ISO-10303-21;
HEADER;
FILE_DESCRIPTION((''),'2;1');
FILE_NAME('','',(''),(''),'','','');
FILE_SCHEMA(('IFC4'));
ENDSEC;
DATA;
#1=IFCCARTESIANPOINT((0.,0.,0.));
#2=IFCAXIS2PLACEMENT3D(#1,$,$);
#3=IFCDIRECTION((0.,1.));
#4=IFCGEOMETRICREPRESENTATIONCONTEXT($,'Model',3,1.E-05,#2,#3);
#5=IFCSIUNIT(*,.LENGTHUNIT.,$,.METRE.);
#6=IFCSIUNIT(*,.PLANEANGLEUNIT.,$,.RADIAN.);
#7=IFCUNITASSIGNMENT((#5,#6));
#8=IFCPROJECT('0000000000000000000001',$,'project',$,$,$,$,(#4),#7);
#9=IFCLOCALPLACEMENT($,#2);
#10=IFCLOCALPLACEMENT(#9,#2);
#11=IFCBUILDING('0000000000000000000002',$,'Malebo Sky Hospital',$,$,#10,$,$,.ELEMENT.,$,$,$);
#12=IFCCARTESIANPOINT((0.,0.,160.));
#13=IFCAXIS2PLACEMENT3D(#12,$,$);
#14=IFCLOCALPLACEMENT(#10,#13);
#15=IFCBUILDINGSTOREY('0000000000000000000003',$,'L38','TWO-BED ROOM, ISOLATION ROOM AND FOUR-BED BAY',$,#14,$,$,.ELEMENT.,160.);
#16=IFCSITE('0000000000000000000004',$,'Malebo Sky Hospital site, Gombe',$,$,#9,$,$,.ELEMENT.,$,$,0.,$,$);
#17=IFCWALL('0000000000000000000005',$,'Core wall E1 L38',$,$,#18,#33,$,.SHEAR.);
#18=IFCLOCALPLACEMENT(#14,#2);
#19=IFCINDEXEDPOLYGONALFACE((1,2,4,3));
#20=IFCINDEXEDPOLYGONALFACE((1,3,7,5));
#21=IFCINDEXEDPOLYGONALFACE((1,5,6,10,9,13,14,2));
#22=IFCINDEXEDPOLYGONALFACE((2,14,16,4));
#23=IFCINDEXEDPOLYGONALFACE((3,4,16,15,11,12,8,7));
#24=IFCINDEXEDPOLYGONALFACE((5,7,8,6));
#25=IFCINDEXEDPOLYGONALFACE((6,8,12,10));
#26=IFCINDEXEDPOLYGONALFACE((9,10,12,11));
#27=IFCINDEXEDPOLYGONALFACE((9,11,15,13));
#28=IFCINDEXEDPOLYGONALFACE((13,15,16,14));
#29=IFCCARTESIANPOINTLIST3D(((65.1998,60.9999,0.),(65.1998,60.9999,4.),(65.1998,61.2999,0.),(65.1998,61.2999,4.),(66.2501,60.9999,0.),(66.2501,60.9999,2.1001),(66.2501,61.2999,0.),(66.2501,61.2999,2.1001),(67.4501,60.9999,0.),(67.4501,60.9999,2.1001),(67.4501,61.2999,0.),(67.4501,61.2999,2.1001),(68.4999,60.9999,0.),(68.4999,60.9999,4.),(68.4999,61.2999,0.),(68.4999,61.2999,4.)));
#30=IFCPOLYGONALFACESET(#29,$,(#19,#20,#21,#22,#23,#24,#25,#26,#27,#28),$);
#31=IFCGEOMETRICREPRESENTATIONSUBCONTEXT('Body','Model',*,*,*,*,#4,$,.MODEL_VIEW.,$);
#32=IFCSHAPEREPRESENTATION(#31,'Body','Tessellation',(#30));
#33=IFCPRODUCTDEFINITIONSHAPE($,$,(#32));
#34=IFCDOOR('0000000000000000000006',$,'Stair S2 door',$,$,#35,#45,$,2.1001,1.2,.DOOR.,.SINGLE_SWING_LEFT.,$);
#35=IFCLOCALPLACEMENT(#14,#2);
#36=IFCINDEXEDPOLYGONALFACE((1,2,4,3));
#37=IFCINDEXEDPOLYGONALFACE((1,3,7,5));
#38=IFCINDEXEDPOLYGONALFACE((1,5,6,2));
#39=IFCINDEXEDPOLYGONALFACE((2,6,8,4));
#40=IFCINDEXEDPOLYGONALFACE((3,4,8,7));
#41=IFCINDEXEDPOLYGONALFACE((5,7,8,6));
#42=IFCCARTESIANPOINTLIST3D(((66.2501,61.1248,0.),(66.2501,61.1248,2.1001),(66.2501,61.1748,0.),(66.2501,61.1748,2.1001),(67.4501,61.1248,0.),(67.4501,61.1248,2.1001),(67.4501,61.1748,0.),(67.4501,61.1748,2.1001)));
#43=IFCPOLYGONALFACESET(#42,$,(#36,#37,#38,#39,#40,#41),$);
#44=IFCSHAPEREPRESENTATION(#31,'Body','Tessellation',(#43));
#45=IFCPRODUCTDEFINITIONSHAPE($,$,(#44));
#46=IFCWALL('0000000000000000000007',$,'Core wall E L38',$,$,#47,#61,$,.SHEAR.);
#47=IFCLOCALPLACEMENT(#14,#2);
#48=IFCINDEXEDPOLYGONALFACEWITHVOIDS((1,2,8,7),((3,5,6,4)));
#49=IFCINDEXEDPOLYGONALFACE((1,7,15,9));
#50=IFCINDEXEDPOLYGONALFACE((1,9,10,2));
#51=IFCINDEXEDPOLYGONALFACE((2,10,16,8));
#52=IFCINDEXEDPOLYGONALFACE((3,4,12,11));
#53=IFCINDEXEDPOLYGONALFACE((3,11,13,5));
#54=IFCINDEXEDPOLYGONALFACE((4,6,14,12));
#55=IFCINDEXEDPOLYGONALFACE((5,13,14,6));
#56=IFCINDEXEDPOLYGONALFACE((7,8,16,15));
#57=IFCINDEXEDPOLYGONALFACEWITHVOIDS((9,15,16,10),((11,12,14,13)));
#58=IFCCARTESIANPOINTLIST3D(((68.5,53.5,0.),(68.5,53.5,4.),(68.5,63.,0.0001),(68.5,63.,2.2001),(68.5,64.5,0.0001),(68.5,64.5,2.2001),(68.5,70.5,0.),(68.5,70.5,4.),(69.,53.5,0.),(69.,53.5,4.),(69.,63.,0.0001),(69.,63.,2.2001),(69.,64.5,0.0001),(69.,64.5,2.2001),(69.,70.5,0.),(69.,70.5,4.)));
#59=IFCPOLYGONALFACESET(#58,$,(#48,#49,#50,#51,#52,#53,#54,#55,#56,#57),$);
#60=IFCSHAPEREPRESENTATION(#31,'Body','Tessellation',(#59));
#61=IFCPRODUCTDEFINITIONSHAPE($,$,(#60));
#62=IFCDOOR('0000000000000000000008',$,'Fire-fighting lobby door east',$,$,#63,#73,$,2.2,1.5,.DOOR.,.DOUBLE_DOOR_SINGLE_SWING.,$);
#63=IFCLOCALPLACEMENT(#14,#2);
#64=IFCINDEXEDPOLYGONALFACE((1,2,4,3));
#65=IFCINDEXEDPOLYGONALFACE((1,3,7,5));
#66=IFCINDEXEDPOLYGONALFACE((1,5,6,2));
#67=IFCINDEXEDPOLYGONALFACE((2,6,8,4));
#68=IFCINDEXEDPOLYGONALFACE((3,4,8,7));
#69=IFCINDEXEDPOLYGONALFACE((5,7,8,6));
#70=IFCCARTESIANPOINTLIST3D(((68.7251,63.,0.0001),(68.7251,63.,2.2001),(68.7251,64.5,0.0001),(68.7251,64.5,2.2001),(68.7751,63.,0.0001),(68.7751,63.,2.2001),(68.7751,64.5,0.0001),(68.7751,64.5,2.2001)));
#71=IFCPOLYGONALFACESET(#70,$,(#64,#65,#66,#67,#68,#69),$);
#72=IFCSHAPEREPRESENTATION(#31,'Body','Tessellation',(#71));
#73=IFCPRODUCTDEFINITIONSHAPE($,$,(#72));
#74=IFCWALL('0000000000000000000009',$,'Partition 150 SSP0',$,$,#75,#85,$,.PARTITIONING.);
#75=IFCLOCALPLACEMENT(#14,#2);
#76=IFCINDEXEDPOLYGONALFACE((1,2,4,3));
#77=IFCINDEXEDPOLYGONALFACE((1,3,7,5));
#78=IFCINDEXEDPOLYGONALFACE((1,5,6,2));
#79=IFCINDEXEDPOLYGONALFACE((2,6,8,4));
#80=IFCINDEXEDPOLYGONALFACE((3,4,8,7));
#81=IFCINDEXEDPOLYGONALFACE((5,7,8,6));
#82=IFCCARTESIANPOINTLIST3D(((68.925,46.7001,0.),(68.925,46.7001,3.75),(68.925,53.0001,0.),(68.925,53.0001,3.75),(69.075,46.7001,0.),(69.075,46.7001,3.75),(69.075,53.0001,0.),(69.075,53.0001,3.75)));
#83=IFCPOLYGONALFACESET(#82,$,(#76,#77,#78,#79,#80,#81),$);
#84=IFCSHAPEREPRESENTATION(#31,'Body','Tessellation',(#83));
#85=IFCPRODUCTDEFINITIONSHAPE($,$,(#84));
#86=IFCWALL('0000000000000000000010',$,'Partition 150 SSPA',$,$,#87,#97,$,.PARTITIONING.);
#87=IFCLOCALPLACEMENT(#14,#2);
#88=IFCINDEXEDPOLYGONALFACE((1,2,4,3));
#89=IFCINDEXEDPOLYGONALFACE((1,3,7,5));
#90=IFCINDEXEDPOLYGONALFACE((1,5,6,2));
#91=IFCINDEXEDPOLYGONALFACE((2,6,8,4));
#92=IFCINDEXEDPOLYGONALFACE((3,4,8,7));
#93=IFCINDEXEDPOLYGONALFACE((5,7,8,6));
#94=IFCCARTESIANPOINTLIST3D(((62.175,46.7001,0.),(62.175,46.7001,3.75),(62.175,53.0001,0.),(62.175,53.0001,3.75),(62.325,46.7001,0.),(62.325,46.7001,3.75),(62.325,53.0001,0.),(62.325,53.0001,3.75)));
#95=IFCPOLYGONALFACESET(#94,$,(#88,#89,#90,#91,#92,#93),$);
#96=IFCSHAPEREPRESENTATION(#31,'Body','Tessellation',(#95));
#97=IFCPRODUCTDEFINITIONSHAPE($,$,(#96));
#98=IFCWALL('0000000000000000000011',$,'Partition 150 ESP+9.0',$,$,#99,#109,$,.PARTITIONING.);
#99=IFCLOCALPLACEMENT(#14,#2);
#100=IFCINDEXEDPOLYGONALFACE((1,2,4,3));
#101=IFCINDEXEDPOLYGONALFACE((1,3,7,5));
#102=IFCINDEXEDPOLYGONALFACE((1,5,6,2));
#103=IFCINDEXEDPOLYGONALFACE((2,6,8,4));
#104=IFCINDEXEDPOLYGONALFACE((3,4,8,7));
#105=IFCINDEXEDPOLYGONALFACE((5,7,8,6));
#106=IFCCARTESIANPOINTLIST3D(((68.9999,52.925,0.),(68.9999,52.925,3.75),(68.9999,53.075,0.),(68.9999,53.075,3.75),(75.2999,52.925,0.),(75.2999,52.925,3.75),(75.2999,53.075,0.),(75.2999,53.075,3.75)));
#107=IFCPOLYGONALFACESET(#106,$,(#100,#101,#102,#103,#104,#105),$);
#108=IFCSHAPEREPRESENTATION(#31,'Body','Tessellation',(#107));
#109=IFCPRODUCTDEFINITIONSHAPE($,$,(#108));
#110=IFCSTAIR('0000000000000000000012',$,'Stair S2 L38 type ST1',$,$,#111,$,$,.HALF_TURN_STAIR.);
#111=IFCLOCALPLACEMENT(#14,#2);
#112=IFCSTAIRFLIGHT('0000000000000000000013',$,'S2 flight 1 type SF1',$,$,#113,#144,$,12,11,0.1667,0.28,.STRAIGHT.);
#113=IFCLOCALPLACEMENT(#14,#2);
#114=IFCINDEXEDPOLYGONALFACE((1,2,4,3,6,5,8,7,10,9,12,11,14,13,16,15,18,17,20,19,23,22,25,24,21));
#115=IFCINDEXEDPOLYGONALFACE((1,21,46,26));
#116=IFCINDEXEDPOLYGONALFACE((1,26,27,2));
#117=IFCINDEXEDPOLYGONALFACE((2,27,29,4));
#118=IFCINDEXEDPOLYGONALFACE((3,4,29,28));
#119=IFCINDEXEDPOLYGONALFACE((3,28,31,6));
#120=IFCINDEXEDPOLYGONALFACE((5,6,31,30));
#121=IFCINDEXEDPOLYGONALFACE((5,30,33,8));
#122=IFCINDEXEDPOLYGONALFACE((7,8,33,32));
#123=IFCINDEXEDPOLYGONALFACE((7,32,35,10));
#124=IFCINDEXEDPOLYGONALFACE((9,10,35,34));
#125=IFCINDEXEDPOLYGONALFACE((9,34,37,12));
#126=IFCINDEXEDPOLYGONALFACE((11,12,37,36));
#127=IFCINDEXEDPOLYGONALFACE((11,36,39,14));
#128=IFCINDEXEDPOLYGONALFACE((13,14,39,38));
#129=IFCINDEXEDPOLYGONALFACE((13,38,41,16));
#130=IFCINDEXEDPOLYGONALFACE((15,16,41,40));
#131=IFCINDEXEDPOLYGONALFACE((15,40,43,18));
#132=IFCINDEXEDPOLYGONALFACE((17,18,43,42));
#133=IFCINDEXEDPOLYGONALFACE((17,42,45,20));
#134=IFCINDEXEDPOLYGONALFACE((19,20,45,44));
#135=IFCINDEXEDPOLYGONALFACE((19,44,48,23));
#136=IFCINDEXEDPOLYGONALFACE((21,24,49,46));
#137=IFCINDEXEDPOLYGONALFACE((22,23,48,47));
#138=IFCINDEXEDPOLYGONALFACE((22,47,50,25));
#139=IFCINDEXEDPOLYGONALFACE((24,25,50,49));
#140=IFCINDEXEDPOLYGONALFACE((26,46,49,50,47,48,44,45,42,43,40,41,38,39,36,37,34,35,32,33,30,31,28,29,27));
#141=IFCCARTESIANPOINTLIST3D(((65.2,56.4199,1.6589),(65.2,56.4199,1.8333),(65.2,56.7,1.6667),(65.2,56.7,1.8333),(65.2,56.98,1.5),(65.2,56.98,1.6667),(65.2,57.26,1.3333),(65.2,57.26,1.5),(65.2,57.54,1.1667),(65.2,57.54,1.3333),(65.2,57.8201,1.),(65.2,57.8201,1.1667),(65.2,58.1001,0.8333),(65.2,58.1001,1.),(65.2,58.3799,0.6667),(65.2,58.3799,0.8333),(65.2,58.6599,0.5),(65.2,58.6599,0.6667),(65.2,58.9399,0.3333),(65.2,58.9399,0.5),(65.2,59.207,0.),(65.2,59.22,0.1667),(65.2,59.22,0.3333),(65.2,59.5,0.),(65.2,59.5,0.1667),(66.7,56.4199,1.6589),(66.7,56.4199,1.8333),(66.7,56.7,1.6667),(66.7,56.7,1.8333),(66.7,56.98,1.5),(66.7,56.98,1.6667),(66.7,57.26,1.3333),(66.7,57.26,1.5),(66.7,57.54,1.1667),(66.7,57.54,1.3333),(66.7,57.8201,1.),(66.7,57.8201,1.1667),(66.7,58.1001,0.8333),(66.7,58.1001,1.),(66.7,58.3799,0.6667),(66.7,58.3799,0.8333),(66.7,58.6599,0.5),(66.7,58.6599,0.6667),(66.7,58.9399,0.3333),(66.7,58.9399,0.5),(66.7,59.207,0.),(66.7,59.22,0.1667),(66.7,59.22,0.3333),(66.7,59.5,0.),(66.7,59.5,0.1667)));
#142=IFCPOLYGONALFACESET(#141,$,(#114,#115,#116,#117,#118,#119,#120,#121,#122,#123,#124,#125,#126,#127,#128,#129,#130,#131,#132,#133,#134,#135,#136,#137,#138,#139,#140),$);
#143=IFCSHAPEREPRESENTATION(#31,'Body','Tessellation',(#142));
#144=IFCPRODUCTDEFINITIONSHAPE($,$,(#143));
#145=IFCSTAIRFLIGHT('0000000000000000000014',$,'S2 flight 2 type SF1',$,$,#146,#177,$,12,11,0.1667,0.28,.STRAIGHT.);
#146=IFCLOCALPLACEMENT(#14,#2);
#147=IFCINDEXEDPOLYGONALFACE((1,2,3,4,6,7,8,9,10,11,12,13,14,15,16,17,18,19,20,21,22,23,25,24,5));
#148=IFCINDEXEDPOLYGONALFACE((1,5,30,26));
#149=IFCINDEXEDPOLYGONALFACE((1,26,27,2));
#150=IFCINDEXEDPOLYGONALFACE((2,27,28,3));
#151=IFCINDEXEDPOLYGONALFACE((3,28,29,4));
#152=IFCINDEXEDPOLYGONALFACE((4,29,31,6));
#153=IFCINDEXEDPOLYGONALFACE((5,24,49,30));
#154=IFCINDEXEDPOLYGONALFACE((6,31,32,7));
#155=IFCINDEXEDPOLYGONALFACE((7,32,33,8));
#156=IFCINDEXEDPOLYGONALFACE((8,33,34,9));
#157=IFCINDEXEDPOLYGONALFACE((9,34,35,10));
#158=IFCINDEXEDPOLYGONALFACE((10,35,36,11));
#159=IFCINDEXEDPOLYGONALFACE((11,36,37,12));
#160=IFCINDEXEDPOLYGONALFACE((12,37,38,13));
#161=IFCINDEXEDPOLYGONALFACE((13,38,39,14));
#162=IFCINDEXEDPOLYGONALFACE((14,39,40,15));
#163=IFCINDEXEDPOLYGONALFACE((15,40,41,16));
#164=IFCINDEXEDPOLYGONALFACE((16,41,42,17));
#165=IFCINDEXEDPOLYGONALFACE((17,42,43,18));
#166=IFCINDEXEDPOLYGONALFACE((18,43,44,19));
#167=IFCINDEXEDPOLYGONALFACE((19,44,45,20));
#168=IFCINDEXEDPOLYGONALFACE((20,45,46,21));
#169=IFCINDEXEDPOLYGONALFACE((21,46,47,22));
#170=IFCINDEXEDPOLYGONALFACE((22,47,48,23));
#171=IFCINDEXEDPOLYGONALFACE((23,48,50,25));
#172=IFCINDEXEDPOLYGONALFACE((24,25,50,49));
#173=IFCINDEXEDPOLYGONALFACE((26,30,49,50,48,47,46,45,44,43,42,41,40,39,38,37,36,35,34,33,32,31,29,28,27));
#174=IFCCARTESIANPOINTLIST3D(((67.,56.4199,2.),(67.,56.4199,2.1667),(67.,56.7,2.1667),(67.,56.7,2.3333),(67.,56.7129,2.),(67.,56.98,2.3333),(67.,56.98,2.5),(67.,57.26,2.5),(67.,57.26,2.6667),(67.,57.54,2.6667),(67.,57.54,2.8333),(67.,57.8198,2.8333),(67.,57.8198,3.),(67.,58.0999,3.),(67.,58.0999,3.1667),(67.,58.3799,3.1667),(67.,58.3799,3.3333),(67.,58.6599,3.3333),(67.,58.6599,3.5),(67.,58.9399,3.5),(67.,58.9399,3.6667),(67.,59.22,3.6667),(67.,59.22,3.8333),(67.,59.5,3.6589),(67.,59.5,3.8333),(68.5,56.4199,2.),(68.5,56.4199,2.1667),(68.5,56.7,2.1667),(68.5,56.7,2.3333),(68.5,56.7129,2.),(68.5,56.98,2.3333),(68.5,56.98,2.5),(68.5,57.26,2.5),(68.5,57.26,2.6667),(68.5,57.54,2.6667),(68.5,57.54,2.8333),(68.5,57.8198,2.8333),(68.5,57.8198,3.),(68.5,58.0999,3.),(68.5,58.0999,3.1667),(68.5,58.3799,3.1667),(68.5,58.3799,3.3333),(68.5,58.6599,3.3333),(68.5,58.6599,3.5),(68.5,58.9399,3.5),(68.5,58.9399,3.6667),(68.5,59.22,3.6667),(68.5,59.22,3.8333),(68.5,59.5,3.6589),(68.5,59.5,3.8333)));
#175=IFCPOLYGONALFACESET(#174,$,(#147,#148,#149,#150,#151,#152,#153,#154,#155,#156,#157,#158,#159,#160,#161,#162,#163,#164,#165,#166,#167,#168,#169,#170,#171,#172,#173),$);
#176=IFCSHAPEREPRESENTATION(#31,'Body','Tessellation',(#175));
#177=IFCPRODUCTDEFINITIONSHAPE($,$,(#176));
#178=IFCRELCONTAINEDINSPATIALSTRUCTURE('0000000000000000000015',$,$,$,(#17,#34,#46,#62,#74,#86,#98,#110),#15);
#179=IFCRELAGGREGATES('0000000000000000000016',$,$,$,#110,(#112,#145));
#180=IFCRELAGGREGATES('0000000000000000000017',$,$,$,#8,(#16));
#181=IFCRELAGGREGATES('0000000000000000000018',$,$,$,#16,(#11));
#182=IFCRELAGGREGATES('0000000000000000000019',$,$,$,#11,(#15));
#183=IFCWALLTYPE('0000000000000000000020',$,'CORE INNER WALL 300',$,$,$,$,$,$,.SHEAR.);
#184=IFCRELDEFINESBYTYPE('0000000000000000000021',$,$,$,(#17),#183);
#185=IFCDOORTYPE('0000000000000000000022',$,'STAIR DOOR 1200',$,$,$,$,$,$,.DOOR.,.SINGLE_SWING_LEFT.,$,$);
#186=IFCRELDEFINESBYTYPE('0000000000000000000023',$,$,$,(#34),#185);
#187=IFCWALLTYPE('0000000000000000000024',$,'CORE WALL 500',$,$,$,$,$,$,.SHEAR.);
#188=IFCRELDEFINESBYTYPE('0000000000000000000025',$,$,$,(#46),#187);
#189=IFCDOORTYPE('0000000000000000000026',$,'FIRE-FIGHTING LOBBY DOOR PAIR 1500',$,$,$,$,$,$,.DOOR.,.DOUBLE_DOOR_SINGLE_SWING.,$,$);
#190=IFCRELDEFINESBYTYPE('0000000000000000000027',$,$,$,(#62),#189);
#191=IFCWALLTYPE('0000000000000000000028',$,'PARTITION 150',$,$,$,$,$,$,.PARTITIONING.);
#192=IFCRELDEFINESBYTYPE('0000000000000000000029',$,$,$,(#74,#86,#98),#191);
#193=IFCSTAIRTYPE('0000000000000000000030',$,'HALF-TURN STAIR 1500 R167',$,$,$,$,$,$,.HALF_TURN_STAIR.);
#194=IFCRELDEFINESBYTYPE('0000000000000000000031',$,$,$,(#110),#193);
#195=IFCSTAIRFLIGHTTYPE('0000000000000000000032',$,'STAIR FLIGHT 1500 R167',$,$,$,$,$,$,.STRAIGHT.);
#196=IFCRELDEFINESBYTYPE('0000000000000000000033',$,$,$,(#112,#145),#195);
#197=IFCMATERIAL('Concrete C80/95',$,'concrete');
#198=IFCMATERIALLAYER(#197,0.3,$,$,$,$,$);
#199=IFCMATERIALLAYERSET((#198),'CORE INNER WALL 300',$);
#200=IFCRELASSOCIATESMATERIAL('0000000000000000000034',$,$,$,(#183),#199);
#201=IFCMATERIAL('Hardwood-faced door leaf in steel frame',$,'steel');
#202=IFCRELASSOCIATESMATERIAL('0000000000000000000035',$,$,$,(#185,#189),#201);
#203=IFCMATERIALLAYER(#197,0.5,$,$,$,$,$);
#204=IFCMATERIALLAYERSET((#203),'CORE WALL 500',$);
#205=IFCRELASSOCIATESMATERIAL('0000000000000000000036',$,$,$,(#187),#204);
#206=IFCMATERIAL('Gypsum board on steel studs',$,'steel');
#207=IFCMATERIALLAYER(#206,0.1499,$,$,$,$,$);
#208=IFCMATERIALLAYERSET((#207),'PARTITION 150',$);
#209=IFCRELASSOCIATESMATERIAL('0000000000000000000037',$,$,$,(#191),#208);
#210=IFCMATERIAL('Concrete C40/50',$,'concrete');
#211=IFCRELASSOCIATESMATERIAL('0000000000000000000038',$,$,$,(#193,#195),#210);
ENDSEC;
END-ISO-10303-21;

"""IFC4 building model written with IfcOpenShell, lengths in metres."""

from ifc_helpers import new_model, si_unit, direction, frame, frame_2d, origin, place, context, subcontext, project, spatial, polyline, rectangle, outline, extrude, material, layer, layer_set, type_object, element, fill, aggregate, save


model = new_model("IFC4")

# Units and contexts
model_context = context("Model", 3, precision=1e-05, world=origin(), true_north=direction((0.0, 1.0)))
body_context = subcontext(model_context, "Body", "Model", "MODEL_VIEW")
ifc_project = project(units=[si_unit("LENGTHUNIT", "METRE"), si_unit("PLANEANGLEUNIT", "RADIAN")], contexts=[model_context])

# Site, building, storey
site_placement = place(None, origin())
site = spatial("IfcSite", under=ifc_project, at=site_placement, Name="Malebo Sky Hospital site, Gombe", CompositionType="ELEMENT", RefElevation=0.0)
building_placement = place(site_placement, origin())
building = spatial("IfcBuilding", under=site, at=building_placement, Name="Malebo Sky Hospital", CompositionType="ELEMENT")
storey_placement = place(building_placement, frame((0.0, 0.0, 160.0)))
storey = spatial("IfcBuildingStorey", under=building, at=storey_placement, Name="L38", Description="TWO-BED ROOM, ISOLATION ROOM AND FOUR-BED BAY", CompositionType="ELEMENT", Elevation=160.0)

# Shared definitions
ifc_material_1 = material(Name="Concrete C80/95", Category="concrete")

# Shared definitions
ifc_layer_1 = layer(ifc_material_1, 0.3)
ifc_layer_set_1 = layer_set([ifc_layer_1], Name="CORE INNER WALL 300")
wall_type_1 = type_object("IfcWallType", Name="CORE INNER WALL 300", PredefinedType="SHEAR", material=ifc_layer_set_1)

# Walls, openings, doors
wall_1_placement = place(storey_placement, frame((65.2, 61.1499, 0.0), z_axis=(0.0, 0.0, 1.0), x_axis=(1.0, 0.0, 0.0)))
wall_1 = element("IfcWall", 1, at=wall_1_placement, inside=storey, type_object=wall_type_1, Name="Core wall E1 L38", PredefinedType="SHEAR", context=body_context, shape_type="SweptSolid", body=[
    extrude(rectangle(XDim=3.3, YDim=0.3, at=frame_2d((1.6499, 0.0))), origin(), (0.0, 0.0, 1.0), 4.0),
])
opening_1_placement = place(wall_1_placement, frame((1.05, 0.0, 0.0)))
opening_1 = element("IfcOpeningElement", 2, at=opening_1_placement, cuts=wall_1, PredefinedType="OPENING", context=body_context, shape_type="SweptSolid", body=[
    extrude(rectangle(XDim=1.2, YDim=2.1001, at=frame_2d((0.6001, 1.05))), frame((0.0, 0.1599, 0.0), z_axis=(0.0, -1.0, 0.0), x_axis=(1.0, 0.0, 0.0)), (0.0, 0.0, 1.0), 0.3201),
])
ifc_material_2 = material(Name="Hardwood-faced door leaf in steel frame", Category="steel")
door_type_1 = type_object("IfcDoorType", Name="STAIR DOOR 1200", OperationType="SINGLE_SWING_LEFT", PredefinedType="DOOR", material=ifc_material_2)
door_1_placement = place(opening_1_placement, origin())
door_1 = element("IfcDoor", 3, at=door_1_placement, inside=storey, type_object=door_type_1, Name="Stair S2 door", OperationType="SINGLE_SWING_LEFT", OverallHeight=2.1001, OverallWidth=1.2, PredefinedType="DOOR", context=body_context, shape_type="SweptSolid", body=[
    extrude(rectangle(XDim=1.2, YDim=2.1001, at=frame_2d((0.6001, 1.05))), frame((0.0, 0.0249, 0.0), z_axis=(0.0, -1.0, 0.0), x_axis=(1.0, 0.0, 0.0)), (0.0, 0.0, 1.0), 0.05),
])
fill(opening_1, door_1)
ifc_layer_2 = layer(ifc_material_1, 0.5)
ifc_layer_set_2 = layer_set([ifc_layer_2], Name="CORE WALL 500")
wall_type_2 = type_object("IfcWallType", Name="CORE WALL 500", PredefinedType="SHEAR", material=ifc_layer_set_2)
wall_2_placement = place(storey_placement, frame((68.75, 53.5, 0.0), z_axis=(0.0, 0.0, 1.0), x_axis=(0.0, 1.0, 0.0)))
wall_2 = element("IfcWall", 4, at=wall_2_placement, inside=storey, type_object=wall_type_2, Name="Core wall E L38", PredefinedType="SHEAR", context=body_context, shape_type="SweptSolid", body=[
    extrude(rectangle(XDim=17.0, YDim=0.5, at=frame_2d((8.5, 0.0))), origin(), (0.0, 0.0, 1.0), 4.0),
])
opening_2_placement = place(wall_2_placement, frame((9.5, 0.0, 0.0)))
opening_2 = element("IfcOpeningElement", 5, at=opening_2_placement, cuts=wall_2, PredefinedType="OPENING", context=body_context, shape_type="SweptSolid", body=[
    extrude(rectangle(XDim=1.5, YDim=2.2, at=frame_2d((0.75, 1.1001))), frame((0.0, 0.26, 0.0), z_axis=(0.0, -1.0, 0.0), x_axis=(1.0, 0.0, 0.0)), (0.0, 0.0, 1.0), 0.52),
])
door_type_2 = type_object("IfcDoorType", Name="FIRE-FIGHTING LOBBY DOOR PAIR 1500", OperationType="DOUBLE_DOOR_SINGLE_SWING", PredefinedType="DOOR", material=ifc_material_2)
door_2_placement = place(opening_2_placement, origin())
door_2 = element("IfcDoor", 6, at=door_2_placement, inside=storey, type_object=door_type_2, Name="Fire-fighting lobby door east", OperationType="DOUBLE_DOOR_SINGLE_SWING", OverallHeight=2.2, OverallWidth=1.5, PredefinedType="DOOR", context=body_context, shape_type="SweptSolid", body=[
    extrude(rectangle(XDim=1.5, YDim=2.2, at=frame_2d((0.75, 1.1001))), frame((0.0, 0.0249, 0.0), z_axis=(0.0, -1.0, 0.0), x_axis=(1.0, 0.0, 0.0)), (0.0, 0.0, 1.0), 0.05),
])
fill(opening_2, door_2)

# Walls
ifc_material_3 = material(Name="Gypsum board on steel studs", Category="steel")
ifc_layer_3 = layer(ifc_material_3, 0.1499)
ifc_layer_set_3 = layer_set([ifc_layer_3], Name="PARTITION 150")
wall_type_3 = type_object("IfcWallType", Name="PARTITION 150", PredefinedType="PARTITIONING", material=ifc_layer_set_3)
for number, where, z_axis, x_axis, name in (
    (7, (69.0, 53.0, 0.0), (0.0, 0.0, 1.0), (0.0, -1.0, 0.0), "Partition 150 SSP0"),
    (8, (62.25, 53.0, 0.0), (0.0, 0.0, 1.0), (0.0, -1.0, 0.0), "Partition 150 SSPA"),
    (9, (69.0, 53.0, 0.0), (0.0, 0.0, 1.0), (1.0, 0.0, 0.0), "Partition 150 ESP+9.0"),
):
    element("IfcWall", number, at=place(storey_placement, frame(where, z_axis=z_axis, x_axis=x_axis)), inside=storey, type_object=wall_type_3, Name=name, PredefinedType="PARTITIONING", context=body_context, shape_type="SweptSolid", body=[
        extrude(rectangle(XDim=6.3, YDim=0.1499, at=frame_2d((3.1499, 0.0))), origin(), (0.0, 0.0, 1.0), 3.75),
    ])

# Stair, stair flights
ifc_material_4 = material(Name="Concrete C40/50", Category="concrete")
stair_type = type_object("IfcStairType", Name="HALF-TURN STAIR 1500 R167", PredefinedType="HALF_TURN_STAIR", material=ifc_material_4)
stair_placement = place(storey_placement, origin())
stair = element("IfcStair", 10, at=stair_placement, inside=storey, type_object=stair_type, Name="Stair S2 L38 type ST1", PredefinedType="HALF_TURN_STAIR")
stair_flight_type = type_object("IfcStairFlightType", Name="STAIR FLIGHT 1500 R167", PredefinedType="STRAIGHT", material=ifc_material_4)
stair_flight_1_placement = place(storey_placement, frame((65.95, 59.5, 0.0), z_axis=(0.0, 0.0, 1.0), x_axis=(0.0, -1.0, 0.0)))
stair_flight_1 = element("IfcStairFlight", 11, at=stair_flight_1_placement, type_object=stair_flight_type, Name="S2 flight 1 type SF1", NumberOfRisers=12, NumberOfTreads=11, PredefinedType="STRAIGHT", RiserHeight=0.1667, TreadLength=0.28, context=body_context, shape_type="SweptSolid", body=[
    extrude(outline(polyline([(0.0, 0.0), (0.0, 0.1667), (0.28, 0.1667), (0.28, 0.3333), (0.5601, 0.3333), (0.5601, 0.5), (0.8401, 0.5), (0.8401, 0.6667), (1.1201, 0.6667), (1.1201, 0.8333), (1.3999, 0.8333), (1.3999, 1.0), (1.6799, 1.0), (1.6799, 1.1667), (1.96, 1.1667), (1.96, 1.3333), (2.24, 1.3333), (2.24, 1.5), (2.52, 1.5), (2.52, 1.6667), (2.8, 1.6667), (2.8, 1.8333), (3.0801, 1.8333), (3.0801, 2.0), (3.0801, 1.6589), (0.293, 0.0), (0.0, 0.0)])), frame((0.0, 0.75, 0.0), z_axis=(0.0, -1.0, 0.0), x_axis=(1.0, 0.0, 0.0)), (0.0, 0.0, 1.0), 1.5),
])
stair_flight_2_placement = place(storey_placement, frame((67.75, 56.4199, 2.0), z_axis=(0.0, 0.0, 1.0), x_axis=(0.0, 1.0, 0.0)))
stair_flight_2 = element("IfcStairFlight", 12, at=stair_flight_2_placement, type_object=stair_flight_type, Name="S2 flight 2 type SF1", NumberOfRisers=12, NumberOfTreads=11, PredefinedType="STRAIGHT", RiserHeight=0.1667, TreadLength=0.28, context=body_context, shape_type="SweptSolid", body=[
    extrude(outline(polyline([(0.0, 0.0), (0.0, 0.1667), (0.28, 0.1667), (0.28, 0.3333), (0.5601, 0.3333), (0.5601, 0.5), (0.8401, 0.5), (0.8401, 0.6667), (1.1201, 0.6667), (1.1201, 0.8333), (1.3999, 0.8333), (1.3999, 1.0), (1.6799, 1.0), (1.6799, 1.1667), (1.96, 1.1667), (1.96, 1.3333), (2.24, 1.3333), (2.24, 1.5), (2.52, 1.5), (2.52, 1.6667), (2.8, 1.6667), (2.8, 1.8333), (3.0801, 1.8333), (3.0801, 2.0), (3.0801, 1.6589), (0.293, 0.0), (0.0, 0.0)])), frame((0.0, 0.75, 0.0), z_axis=(0.0, -1.0, 0.0), x_axis=(1.0, 0.0, 0.0)), (0.0, 0.0, 1.0), 1.5),
])
aggregate(stair, [stair_flight_1, stair_flight_2])

save(model, "model.ifc")
